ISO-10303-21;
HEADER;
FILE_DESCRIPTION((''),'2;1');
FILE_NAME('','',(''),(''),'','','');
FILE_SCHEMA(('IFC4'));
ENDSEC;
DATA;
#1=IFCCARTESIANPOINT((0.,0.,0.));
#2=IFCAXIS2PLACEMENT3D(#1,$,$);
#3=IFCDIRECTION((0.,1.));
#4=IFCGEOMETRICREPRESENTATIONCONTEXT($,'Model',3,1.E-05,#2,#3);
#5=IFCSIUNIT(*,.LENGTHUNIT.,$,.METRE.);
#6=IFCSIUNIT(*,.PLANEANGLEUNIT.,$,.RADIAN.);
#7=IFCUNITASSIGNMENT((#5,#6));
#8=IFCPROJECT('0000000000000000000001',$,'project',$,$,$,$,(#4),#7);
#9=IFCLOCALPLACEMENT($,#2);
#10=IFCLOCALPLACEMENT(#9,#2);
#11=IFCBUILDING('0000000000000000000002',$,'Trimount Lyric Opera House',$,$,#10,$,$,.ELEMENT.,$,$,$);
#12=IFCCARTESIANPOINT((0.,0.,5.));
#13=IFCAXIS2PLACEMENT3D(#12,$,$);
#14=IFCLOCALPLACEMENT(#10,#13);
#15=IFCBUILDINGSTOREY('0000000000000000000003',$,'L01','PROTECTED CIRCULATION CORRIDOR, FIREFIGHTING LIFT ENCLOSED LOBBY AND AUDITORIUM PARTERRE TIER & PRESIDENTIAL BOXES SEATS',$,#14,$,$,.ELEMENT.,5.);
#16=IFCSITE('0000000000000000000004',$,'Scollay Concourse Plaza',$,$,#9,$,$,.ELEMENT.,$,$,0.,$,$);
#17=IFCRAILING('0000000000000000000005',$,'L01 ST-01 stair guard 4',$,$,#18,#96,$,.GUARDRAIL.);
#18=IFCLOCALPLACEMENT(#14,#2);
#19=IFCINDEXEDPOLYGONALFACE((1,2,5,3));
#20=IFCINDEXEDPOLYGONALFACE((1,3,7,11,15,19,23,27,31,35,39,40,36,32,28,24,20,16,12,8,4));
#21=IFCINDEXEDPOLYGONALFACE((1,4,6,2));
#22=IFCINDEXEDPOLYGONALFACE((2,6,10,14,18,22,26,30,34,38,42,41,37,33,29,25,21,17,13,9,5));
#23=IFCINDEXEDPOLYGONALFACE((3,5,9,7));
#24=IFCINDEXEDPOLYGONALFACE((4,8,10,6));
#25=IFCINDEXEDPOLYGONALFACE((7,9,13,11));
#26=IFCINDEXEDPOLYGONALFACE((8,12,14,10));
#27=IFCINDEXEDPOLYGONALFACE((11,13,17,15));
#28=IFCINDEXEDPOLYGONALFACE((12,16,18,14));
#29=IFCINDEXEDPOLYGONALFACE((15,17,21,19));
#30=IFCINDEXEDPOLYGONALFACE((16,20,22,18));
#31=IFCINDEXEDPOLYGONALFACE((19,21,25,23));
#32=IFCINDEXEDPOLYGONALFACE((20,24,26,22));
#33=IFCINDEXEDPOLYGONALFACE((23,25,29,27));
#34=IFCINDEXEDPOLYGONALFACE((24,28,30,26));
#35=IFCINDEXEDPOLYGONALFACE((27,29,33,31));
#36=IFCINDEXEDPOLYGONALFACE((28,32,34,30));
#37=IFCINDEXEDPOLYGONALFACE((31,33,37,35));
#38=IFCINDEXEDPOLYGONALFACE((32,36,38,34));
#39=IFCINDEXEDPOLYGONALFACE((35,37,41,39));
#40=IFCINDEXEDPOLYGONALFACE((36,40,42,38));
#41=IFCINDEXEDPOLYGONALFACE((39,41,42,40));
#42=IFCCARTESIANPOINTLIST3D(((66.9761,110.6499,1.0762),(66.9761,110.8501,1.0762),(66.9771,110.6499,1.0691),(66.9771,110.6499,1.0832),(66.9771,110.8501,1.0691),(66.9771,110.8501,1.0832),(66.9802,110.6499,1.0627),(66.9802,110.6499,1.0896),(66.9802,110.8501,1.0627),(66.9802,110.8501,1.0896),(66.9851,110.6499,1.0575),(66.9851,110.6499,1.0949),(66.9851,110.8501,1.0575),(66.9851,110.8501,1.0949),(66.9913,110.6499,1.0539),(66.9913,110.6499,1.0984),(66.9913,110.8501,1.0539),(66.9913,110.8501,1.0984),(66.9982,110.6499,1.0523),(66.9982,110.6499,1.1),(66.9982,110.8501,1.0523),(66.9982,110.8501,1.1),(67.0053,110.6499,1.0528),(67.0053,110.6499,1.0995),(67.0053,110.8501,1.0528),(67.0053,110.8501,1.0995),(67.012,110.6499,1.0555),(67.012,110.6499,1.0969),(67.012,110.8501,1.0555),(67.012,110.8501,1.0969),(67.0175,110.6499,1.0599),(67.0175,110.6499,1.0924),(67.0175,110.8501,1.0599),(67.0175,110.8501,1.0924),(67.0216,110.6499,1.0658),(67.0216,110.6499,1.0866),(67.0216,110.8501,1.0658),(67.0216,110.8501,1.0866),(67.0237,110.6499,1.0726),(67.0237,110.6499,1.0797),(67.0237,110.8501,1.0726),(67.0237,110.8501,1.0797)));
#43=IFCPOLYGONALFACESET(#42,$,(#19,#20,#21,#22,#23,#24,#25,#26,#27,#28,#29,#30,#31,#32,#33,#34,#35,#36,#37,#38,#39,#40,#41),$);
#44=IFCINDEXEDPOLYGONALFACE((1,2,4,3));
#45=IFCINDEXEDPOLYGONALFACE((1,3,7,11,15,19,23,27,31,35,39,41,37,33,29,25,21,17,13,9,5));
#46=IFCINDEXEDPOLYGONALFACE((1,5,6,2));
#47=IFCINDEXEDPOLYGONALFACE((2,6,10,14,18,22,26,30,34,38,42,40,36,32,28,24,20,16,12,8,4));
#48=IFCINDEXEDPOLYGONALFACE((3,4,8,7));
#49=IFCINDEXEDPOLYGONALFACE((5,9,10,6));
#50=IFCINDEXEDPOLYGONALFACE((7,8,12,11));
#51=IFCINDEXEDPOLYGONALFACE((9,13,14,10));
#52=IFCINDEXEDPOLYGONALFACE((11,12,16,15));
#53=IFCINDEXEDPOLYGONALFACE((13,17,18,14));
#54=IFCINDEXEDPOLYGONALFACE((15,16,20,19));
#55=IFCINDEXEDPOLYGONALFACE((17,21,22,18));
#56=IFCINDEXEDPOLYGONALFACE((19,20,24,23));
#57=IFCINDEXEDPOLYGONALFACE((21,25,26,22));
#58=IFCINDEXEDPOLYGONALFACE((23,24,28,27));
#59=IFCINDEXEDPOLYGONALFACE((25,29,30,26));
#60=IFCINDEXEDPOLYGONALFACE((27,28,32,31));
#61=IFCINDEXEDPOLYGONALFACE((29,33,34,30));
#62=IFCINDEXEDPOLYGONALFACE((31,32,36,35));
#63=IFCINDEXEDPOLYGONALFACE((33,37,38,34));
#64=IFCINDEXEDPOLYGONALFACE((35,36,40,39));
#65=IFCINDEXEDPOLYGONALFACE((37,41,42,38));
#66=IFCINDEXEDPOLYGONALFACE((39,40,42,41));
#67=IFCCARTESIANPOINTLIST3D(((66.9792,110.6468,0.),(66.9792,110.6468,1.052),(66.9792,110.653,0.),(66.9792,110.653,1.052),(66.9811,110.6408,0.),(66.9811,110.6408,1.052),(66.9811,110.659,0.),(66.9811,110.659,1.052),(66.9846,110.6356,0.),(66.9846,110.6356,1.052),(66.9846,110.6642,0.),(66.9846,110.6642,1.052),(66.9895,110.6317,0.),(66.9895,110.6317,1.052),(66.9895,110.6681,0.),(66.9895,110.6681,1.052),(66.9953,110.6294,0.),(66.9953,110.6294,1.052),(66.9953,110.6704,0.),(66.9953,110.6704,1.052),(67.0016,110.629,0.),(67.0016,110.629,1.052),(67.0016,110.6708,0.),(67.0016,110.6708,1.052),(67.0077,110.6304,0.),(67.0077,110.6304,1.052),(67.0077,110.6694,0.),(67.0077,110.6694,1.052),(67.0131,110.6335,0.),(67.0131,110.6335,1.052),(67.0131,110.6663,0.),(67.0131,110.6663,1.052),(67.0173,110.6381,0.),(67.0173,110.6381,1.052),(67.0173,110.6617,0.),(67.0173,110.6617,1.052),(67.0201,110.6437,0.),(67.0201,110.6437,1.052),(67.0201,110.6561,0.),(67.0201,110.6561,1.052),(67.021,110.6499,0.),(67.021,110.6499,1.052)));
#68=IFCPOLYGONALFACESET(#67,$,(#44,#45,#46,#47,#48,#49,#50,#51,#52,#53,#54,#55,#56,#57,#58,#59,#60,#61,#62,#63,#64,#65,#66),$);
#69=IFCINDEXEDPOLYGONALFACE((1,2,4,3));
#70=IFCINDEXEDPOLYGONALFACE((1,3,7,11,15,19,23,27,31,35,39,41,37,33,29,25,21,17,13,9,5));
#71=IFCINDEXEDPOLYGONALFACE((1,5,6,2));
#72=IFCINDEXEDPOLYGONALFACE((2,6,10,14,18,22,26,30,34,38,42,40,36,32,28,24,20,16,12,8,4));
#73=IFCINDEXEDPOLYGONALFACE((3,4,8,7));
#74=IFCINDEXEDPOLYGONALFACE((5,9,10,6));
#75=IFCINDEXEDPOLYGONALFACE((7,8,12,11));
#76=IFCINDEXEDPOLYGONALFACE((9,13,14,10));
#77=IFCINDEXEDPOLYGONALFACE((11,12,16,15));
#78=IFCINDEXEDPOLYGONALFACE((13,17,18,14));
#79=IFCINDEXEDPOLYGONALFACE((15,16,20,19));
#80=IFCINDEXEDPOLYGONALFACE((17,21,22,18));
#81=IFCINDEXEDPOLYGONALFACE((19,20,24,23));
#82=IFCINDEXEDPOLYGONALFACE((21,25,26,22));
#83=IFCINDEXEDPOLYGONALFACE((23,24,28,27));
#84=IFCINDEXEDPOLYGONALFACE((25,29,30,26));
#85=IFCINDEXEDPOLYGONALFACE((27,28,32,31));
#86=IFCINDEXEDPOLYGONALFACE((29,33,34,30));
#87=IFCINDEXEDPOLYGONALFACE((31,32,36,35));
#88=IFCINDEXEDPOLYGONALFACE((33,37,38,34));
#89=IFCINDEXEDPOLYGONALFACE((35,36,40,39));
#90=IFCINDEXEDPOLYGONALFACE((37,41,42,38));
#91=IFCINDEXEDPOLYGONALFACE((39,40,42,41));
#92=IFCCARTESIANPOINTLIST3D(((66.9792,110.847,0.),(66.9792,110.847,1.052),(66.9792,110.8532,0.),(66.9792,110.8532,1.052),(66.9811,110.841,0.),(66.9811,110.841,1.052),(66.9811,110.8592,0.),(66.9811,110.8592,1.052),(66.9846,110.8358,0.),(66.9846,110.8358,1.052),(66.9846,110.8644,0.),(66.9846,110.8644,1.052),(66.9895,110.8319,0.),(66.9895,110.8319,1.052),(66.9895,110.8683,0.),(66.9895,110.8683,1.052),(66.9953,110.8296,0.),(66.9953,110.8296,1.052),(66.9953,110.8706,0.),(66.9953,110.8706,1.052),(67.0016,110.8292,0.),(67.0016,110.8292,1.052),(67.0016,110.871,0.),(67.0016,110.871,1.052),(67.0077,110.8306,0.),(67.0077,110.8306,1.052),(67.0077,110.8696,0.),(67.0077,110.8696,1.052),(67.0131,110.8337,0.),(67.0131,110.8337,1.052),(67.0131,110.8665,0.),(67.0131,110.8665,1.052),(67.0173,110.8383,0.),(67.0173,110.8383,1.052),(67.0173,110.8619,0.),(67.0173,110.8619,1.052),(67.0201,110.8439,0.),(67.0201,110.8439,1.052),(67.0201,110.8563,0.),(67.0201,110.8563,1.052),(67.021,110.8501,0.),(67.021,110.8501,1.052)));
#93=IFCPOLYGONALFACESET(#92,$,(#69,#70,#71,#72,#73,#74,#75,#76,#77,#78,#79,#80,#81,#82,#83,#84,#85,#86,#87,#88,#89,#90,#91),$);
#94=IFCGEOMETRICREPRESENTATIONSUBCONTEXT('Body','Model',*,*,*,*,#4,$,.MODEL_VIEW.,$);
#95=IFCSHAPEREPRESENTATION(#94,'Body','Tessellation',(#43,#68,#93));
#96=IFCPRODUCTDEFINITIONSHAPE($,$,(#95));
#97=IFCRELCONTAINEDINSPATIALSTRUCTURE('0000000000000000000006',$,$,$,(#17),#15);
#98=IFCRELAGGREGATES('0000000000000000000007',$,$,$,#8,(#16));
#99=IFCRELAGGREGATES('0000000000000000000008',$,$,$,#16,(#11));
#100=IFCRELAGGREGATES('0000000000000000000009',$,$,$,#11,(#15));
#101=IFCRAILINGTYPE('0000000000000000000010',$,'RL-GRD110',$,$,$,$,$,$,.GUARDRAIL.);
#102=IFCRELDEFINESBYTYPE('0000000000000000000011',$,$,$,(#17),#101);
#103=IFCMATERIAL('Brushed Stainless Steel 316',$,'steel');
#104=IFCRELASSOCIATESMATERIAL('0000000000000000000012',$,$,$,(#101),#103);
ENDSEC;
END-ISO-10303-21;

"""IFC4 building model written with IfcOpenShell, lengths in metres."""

from ifc_helpers import new_model, si_unit, direction, frame, origin, origin_2d, place, context, subcontext, project, spatial, circle, extrude, material, type_object, element, save


model = new_model("IFC4")

# Units and contexts
model_context = context("Model", 3, precision=1e-05, world=origin(), true_north=direction((0.0, 1.0)))
body_context = subcontext(model_context, "Body", "Model", "MODEL_VIEW")
ifc_project = project(units=[si_unit("LENGTHUNIT", "METRE"), si_unit("PLANEANGLEUNIT", "RADIAN")], contexts=[model_context])

# Site, building, storey
site_placement = place(None, origin())
site = spatial("IfcSite", under=ifc_project, at=site_placement, Name="Scollay Concourse Plaza", CompositionType="ELEMENT", RefElevation=0.0)
building_placement = place(site_placement, origin())
building = spatial("IfcBuilding", under=site, at=building_placement, Name="Trimount Lyric Opera House", CompositionType="ELEMENT")
storey_placement = place(building_placement, frame((0.0, 0.0, 5.0)))
storey = spatial("IfcBuildingStorey", under=building, at=storey_placement, Name="L01", Description="PROTECTED CIRCULATION CORRIDOR, FIREFIGHTING LIFT ENCLOSED LOBBY AND AUDITORIUM PARTERRE TIER & PRESIDENTIAL BOXES SEATS", CompositionType="ELEMENT", Elevation=5.0)

# Railing
ifc_material_1 = material(Name="Brushed Stainless Steel 316", Category="steel")
railing_type_1 = type_object("IfcRailingType", Name="RL-GRD110", PredefinedType="GUARDRAIL", material=ifc_material_1)
railing_1_placement = place(storey_placement, frame((67.0, 110.6499, 0.0)))
element("IfcRailing", 1, at=railing_1_placement, inside=storey, type_object=railing_type_1, Name="L01 ST-01 stair guard 4", PredefinedType="GUARDRAIL", context=body_context, shape_type="SweptSolid", body=[
    extrude(circle(Radius=0.0239, at=origin_2d()), frame((0.0, 0.0, 1.0762), z_axis=(0.0, 1.0, 0.0), x_axis=(-1.0, 0.0, 0.0)), (0.0, 0.0, 1.0), 0.2002),
    extrude(circle(Radius=0.021, at=origin_2d()), origin(), (0.0, 0.0, 1.0), 1.052),
    extrude(circle(Radius=0.021, at=origin_2d()), frame((0.0, 0.2002, 0.0)), (0.0, 0.0, 1.0), 1.052),
])

save(model, "model.ifc")
